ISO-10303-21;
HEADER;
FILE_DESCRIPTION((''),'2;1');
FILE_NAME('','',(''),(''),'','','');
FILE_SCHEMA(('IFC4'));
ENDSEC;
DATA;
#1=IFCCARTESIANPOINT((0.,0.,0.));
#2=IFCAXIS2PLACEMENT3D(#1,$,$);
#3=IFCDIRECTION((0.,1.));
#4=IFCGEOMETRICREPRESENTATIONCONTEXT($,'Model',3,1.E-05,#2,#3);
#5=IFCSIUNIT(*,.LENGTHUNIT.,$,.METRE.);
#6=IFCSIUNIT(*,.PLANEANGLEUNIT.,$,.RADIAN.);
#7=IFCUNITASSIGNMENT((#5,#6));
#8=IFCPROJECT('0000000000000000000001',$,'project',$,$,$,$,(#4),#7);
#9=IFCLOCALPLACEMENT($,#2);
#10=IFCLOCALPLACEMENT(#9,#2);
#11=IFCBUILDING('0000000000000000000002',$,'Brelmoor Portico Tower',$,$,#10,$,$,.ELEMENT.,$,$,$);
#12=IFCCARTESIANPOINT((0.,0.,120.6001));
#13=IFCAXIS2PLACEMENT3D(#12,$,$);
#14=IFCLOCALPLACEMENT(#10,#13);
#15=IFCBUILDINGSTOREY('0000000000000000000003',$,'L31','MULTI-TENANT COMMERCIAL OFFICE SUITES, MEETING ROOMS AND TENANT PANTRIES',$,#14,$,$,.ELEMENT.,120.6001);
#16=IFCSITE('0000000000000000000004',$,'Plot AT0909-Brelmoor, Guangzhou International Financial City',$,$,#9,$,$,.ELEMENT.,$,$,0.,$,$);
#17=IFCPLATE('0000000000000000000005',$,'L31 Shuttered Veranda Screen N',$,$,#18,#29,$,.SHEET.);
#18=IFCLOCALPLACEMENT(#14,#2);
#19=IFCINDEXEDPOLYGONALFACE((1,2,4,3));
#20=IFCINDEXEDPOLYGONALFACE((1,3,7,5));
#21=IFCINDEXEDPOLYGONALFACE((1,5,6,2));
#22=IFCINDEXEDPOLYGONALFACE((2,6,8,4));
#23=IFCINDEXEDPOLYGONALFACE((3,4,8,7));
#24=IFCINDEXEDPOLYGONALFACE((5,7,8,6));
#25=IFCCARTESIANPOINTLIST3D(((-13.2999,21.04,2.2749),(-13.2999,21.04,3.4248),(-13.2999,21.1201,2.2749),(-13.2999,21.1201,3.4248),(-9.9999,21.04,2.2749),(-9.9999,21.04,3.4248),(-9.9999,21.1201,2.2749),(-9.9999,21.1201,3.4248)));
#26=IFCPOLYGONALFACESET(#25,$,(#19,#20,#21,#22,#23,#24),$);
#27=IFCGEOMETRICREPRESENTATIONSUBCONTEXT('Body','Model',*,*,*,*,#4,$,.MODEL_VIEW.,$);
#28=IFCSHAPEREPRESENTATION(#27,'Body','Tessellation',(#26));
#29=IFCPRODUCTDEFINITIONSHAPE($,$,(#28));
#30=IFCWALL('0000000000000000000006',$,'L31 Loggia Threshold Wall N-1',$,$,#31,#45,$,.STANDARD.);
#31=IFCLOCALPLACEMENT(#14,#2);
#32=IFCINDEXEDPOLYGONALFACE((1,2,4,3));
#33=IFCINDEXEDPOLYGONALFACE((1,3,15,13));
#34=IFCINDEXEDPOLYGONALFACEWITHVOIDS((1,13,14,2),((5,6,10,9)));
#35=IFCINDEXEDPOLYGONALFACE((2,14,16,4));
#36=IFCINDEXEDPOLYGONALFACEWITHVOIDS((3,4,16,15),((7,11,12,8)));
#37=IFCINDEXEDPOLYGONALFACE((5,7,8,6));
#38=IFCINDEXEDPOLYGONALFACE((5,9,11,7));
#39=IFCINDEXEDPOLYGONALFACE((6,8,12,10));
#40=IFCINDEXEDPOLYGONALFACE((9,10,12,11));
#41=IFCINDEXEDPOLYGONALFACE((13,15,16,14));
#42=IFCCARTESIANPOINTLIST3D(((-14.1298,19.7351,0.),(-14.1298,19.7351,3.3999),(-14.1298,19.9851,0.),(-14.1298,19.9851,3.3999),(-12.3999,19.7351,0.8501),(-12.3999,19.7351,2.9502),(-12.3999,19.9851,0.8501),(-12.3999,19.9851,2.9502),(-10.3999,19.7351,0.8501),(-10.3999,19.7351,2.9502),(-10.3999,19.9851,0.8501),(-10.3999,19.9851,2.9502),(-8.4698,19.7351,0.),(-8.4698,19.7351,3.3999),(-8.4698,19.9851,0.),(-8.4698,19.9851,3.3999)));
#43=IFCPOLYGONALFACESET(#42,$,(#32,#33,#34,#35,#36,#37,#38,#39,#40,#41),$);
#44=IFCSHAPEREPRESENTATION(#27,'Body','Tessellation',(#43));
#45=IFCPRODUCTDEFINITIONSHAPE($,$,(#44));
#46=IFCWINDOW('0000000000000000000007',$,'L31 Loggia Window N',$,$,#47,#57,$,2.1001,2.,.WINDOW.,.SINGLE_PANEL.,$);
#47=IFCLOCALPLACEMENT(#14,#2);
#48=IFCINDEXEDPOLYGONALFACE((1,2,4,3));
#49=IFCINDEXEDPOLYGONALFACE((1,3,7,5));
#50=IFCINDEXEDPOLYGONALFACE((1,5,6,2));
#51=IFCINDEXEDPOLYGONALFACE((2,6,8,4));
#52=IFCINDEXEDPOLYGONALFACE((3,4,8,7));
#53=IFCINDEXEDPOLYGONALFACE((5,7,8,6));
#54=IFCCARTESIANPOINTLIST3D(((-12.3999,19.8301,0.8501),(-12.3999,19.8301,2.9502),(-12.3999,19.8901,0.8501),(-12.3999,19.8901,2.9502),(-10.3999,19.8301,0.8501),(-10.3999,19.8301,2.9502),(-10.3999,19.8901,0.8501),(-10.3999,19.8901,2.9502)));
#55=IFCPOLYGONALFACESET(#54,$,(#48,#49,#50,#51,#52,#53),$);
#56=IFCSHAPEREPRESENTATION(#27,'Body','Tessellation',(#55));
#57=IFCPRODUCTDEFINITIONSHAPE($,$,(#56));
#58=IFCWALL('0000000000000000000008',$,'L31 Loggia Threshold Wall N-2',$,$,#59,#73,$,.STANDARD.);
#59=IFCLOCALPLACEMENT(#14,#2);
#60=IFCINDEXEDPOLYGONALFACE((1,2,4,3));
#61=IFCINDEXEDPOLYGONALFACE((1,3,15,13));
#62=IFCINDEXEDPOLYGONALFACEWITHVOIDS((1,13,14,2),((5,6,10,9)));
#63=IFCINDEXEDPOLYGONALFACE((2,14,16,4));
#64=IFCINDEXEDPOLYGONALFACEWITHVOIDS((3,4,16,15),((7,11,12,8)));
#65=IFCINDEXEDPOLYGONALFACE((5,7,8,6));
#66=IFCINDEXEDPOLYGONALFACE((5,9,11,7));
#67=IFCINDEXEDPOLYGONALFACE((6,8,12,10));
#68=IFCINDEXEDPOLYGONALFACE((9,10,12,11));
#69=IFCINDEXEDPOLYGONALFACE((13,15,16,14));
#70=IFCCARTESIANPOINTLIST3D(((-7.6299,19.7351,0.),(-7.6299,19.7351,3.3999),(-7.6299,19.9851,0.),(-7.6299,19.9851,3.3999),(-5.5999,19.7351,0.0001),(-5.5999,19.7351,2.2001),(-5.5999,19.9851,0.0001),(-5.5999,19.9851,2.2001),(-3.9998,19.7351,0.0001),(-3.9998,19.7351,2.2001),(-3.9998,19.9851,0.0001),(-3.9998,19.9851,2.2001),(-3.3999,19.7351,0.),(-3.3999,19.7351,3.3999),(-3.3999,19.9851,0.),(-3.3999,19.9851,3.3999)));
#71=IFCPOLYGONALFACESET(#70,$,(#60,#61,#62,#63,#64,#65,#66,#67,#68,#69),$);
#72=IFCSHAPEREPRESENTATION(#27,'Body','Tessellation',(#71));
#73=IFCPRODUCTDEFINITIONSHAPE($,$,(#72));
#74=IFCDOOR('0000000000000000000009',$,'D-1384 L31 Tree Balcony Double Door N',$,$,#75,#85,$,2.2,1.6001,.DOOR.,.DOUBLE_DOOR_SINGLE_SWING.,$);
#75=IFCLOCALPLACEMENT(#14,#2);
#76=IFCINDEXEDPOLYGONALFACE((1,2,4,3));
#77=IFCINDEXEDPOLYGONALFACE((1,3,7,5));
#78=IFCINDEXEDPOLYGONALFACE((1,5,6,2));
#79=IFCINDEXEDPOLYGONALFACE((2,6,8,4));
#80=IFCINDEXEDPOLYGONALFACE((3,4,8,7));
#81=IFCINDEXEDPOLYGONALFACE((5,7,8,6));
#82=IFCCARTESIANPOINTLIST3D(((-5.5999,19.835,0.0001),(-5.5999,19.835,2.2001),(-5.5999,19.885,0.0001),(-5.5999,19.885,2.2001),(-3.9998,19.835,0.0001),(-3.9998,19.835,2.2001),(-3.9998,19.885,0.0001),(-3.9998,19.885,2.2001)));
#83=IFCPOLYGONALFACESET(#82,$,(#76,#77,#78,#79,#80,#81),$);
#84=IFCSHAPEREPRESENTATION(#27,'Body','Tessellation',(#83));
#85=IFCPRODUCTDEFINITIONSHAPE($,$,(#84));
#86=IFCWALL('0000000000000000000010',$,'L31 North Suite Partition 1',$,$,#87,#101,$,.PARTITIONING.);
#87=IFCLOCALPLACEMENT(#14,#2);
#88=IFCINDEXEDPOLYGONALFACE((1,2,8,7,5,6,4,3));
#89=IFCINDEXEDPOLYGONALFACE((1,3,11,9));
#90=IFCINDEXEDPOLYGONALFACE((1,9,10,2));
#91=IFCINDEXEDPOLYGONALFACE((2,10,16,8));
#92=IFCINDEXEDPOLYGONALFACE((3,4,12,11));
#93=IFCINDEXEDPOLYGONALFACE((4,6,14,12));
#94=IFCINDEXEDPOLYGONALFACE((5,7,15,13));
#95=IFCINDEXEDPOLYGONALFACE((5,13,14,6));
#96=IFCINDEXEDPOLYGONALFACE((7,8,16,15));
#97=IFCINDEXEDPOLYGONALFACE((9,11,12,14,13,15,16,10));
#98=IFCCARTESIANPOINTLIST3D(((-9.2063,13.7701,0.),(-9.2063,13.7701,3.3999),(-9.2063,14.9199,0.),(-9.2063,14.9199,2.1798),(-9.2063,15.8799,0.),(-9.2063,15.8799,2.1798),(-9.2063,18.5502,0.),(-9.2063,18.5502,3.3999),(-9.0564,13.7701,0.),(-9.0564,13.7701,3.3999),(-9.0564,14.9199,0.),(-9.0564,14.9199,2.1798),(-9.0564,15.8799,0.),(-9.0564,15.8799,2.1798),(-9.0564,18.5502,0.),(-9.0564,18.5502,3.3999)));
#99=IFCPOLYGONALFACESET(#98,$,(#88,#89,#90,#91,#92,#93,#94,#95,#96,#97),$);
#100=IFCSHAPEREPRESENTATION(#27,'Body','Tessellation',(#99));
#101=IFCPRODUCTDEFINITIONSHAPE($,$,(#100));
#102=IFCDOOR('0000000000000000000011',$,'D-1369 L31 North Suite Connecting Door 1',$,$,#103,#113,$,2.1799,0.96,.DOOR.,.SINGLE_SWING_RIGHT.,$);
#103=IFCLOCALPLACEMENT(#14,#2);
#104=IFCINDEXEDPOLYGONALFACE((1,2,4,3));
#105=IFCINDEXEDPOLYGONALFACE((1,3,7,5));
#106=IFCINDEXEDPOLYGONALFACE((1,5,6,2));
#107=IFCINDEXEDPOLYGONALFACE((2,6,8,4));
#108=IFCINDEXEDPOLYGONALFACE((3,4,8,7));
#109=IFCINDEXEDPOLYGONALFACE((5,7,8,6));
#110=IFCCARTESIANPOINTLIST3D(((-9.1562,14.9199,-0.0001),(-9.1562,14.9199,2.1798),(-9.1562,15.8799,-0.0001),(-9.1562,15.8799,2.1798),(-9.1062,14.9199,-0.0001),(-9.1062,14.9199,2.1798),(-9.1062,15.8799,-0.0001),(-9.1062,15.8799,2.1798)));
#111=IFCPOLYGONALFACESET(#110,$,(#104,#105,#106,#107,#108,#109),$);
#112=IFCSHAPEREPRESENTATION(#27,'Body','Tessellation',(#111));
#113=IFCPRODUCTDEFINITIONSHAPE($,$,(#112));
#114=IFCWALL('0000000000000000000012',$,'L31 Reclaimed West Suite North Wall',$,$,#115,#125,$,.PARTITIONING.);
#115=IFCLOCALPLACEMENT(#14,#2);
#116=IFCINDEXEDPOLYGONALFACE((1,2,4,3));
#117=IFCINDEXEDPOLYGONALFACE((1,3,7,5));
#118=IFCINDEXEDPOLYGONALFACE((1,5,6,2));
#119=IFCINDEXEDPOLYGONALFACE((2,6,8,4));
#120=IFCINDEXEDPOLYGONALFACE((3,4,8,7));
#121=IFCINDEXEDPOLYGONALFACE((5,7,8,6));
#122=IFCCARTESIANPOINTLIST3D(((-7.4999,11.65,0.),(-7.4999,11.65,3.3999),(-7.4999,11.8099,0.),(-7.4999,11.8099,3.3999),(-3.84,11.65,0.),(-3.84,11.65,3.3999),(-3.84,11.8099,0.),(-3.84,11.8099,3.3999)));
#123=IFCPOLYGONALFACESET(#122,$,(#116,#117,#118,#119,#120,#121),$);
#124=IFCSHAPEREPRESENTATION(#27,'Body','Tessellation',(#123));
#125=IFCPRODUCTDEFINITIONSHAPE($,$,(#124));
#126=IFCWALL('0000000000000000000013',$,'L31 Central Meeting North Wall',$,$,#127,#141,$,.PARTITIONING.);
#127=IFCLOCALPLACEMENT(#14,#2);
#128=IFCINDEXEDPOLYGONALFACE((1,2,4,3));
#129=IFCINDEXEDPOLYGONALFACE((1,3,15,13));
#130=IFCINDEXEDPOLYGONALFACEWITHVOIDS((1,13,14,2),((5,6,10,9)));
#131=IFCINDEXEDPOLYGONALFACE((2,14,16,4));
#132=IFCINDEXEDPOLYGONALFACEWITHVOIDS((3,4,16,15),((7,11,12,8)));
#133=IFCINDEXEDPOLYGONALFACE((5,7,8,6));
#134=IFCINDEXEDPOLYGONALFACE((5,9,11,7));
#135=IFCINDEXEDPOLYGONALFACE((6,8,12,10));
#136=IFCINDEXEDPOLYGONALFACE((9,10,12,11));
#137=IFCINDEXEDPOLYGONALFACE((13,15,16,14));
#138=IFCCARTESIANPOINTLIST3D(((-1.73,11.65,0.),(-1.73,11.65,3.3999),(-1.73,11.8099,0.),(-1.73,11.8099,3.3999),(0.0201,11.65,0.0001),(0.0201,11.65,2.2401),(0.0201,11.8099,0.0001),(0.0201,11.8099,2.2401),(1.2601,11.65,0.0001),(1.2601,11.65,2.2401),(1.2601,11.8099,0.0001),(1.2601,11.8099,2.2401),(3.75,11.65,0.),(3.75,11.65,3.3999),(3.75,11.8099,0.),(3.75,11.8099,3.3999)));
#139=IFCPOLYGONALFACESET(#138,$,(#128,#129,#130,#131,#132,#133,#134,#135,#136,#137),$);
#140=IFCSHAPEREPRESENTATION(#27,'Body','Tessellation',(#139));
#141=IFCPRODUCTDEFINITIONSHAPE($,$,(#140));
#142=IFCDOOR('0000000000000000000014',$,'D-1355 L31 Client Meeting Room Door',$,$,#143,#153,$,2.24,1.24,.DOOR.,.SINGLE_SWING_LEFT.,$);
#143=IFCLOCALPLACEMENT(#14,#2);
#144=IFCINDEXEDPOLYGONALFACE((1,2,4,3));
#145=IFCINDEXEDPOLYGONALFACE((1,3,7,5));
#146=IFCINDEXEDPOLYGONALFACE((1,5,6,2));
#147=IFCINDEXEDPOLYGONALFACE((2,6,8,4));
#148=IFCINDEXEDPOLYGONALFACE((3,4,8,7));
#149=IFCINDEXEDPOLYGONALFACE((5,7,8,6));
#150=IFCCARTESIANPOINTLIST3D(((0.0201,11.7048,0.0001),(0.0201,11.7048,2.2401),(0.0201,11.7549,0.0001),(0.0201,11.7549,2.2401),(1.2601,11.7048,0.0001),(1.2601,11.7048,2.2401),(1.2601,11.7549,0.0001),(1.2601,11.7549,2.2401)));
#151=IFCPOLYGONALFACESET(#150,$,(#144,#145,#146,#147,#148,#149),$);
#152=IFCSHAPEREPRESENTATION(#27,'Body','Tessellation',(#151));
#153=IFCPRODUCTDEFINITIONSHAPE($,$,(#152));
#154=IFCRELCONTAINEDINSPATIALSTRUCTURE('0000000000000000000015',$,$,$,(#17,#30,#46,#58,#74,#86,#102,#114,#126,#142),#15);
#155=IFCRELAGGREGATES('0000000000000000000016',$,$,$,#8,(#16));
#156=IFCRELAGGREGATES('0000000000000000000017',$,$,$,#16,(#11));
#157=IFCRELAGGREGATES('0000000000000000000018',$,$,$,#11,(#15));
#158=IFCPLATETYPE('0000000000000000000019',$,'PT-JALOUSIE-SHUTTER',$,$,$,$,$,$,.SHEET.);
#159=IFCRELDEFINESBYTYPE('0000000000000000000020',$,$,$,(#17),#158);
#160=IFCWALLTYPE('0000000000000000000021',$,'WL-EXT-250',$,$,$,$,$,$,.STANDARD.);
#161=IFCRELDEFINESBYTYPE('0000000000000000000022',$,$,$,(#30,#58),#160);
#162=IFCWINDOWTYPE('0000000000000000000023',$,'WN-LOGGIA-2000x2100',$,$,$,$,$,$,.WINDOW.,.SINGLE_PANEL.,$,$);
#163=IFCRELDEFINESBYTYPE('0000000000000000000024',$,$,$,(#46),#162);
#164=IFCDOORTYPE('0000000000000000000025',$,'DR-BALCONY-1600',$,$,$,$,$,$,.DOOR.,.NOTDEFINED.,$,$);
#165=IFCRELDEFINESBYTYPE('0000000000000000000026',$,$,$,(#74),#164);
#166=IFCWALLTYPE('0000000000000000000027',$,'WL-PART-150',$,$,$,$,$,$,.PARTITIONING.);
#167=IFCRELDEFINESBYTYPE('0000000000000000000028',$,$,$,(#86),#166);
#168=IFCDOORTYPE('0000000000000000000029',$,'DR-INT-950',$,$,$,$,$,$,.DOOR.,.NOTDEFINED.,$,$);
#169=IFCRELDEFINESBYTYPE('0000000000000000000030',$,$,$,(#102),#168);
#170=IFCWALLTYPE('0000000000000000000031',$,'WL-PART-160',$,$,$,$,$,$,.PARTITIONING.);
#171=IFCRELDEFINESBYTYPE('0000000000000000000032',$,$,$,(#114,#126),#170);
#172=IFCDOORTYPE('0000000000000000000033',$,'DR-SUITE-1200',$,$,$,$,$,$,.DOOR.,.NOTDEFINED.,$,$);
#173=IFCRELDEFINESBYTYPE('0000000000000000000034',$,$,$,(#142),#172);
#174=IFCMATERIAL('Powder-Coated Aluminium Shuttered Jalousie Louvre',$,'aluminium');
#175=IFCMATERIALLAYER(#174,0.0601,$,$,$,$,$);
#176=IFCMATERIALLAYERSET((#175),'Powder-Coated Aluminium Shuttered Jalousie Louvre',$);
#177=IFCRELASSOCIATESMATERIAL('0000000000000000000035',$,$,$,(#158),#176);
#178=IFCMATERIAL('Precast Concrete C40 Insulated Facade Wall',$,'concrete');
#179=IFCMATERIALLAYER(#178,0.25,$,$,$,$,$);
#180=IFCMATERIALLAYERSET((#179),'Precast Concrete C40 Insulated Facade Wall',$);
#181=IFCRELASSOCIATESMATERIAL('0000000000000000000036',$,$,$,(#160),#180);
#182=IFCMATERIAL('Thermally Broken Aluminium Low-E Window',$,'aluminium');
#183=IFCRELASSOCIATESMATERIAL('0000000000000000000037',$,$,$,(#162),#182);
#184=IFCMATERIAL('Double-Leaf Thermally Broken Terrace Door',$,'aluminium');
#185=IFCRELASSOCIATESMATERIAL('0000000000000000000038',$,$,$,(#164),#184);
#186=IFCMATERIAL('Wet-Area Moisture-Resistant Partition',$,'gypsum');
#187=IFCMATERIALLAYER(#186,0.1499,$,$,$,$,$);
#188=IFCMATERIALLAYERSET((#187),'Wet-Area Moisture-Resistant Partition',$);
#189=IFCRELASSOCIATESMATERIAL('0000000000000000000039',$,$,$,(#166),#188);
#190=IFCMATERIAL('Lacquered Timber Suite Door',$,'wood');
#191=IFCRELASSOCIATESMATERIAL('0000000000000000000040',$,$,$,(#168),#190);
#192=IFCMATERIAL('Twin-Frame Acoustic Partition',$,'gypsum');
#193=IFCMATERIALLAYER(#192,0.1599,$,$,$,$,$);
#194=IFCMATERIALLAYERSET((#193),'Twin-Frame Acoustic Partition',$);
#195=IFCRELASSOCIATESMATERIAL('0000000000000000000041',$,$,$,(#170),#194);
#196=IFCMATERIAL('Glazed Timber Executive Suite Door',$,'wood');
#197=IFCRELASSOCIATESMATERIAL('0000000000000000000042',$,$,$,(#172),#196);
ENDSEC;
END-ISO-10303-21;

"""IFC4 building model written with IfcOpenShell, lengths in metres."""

from ifc_helpers import new_model, si_unit, direction, frame, frame_2d, origin, origin_2d, place, context, subcontext, project, spatial, rectangle, extrude, material, layer, layer_set, type_object, element, fill, save


model = new_model("IFC4")

# Units and contexts
model_context = context("Model", 3, precision=1e-05, world=origin(), true_north=direction((0.0, 1.0)))
body_context = subcontext(model_context, "Body", "Model", "MODEL_VIEW")
ifc_project = project(units=[si_unit("LENGTHUNIT", "METRE"), si_unit("PLANEANGLEUNIT", "RADIAN")], contexts=[model_context])

# Site, building, storey
site_placement = place(None, origin())
site = spatial("IfcSite", under=ifc_project, at=site_placement, Name="Plot AT0909-Brelmoor, Guangzhou International Financial City", CompositionType="ELEMENT", RefElevation=0.0)
building_placement = place(site_placement, origin())
building = spatial("IfcBuilding", under=site, at=building_placement, Name="Brelmoor Portico Tower", CompositionType="ELEMENT")
storey_placement = place(building_placement, frame((0.0, 0.0, 120.6001)))
storey = spatial("IfcBuildingStorey", under=building, at=storey_placement, Name="L31", Description="MULTI-TENANT COMMERCIAL OFFICE SUITES, MEETING ROOMS AND TENANT PANTRIES", CompositionType="ELEMENT", Elevation=120.6001)

# Plate
ifc_material_1 = material(Name="Powder-Coated Aluminium Shuttered Jalousie Louvre", Category="aluminium")
ifc_layer_1 = layer(ifc_material_1, 0.0601)
ifc_layer_set_1 = layer_set([ifc_layer_1], Name="Powder-Coated Aluminium Shuttered Jalousie Louvre")
plate_type_1 = type_object("IfcPlateType", Name="PT-JALOUSIE-SHUTTER", PredefinedType="SHEET", material=ifc_layer_set_1)
plate_placement = place(storey_placement, frame((-11.6499, 21.0801, 2.2749), z_axis=(0.0, 0.0, 1.0), x_axis=(1.0, 0.0, 0.0)))
element("IfcPlate", 1, at=plate_placement, inside=storey, type_object=plate_type_1, Name="L31 Shuttered Veranda Screen N", PredefinedType="SHEET", context=body_context, shape_type="SweptSolid", body=[
    extrude(rectangle(XDim=3.3, YDim=0.0801, at=origin_2d()), origin(), (0.0, 0.0, 1.0), 1.1499),
])

# Wall, opening, window
ifc_material_2 = material(Name="Precast Concrete C40 Insulated Facade Wall", Category="concrete")
ifc_layer_2 = layer(ifc_material_2, 0.25)
ifc_layer_set_2 = layer_set([ifc_layer_2], Name="Precast Concrete C40 Insulated Facade Wall")
wall_type_1 = type_object("IfcWallType", Name="WL-EXT-250", PredefinedType="STANDARD", material=ifc_layer_set_2)
wall_1_placement = place(storey_placement, frame((-14.1299, 19.8601, 0.0), z_axis=(0.0, 0.0, 1.0), x_axis=(1.0, 0.0, 0.0)))
wall_1 = element("IfcWall", 2, at=wall_1_placement, inside=storey, type_object=wall_type_1, Name="L31 Loggia Threshold Wall N-1", PredefinedType="STANDARD", context=body_context, shape_type="SweptSolid", body=[
    extrude(rectangle(XDim=5.6599, YDim=0.25, at=frame_2d((2.8301, 0.0))), origin(), (0.0, 0.0, 1.0), 3.3999),
])
opening_1_placement = place(wall_1_placement, frame((1.73, 0.0, 0.8501)))
opening_1 = element("IfcOpeningElement", 3, at=opening_1_placement, cuts=wall_1, PredefinedType="OPENING", context=body_context, shape_type="SweptSolid", body=[
    extrude(rectangle(XDim=2.0, YDim=2.1001, at=frame_2d((1.0, 1.05))), frame((0.0, 0.135, 0.0), z_axis=(0.0, -1.0, 0.0), x_axis=(1.0, 0.0, 0.0)), (0.0, 0.0, 1.0), 0.27),
])
ifc_material_3 = material(Name="Thermally Broken Aluminium Low-E Window", Category="aluminium")
window_type = type_object("IfcWindowType", Name="WN-LOGGIA-2000x2100", PartitioningType="SINGLE_PANEL", PredefinedType="WINDOW", material=ifc_material_3)
window_placement = place(opening_1_placement, origin())
window = element("IfcWindow", 4, at=window_placement, inside=storey, type_object=window_type, Name="L31 Loggia Window N", OverallHeight=2.1001, OverallWidth=2.0, PartitioningType="SINGLE_PANEL", PredefinedType="WINDOW", context=body_context, shape_type="SweptSolid", body=[
    extrude(rectangle(XDim=2.0, YDim=2.1001, at=frame_2d((1.0, 1.05))), frame((0.0, 0.03, 0.0), z_axis=(0.0, -1.0, 0.0), x_axis=(1.0, 0.0, 0.0)), (0.0, 0.0, 1.0), 0.0601),
])
fill(opening_1, window)

# Walls, openings, doors
wall_2_placement = place(storey_placement, frame((-7.6299, 19.8601, 0.0), z_axis=(0.0, 0.0, 1.0), x_axis=(1.0, 0.0, 0.0)))
wall_2 = element("IfcWall", 5, at=wall_2_placement, inside=storey, type_object=wall_type_1, Name="L31 Loggia Threshold Wall N-2", PredefinedType="STANDARD", context=body_context, shape_type="SweptSolid", body=[
    extrude(rectangle(XDim=4.23, YDim=0.25, at=frame_2d((2.115, 0.0))), origin(), (0.0, 0.0, 1.0), 3.3999),
])
opening_2_placement = place(wall_2_placement, frame((2.03, 0.0, 0.0)))
opening_2 = element("IfcOpeningElement", 6, at=opening_2_placement, cuts=wall_2, PredefinedType="OPENING", context=body_context, shape_type="SweptSolid", body=[
    extrude(rectangle(XDim=1.6001, YDim=2.2, at=frame_2d((0.8, 1.1001))), frame((0.0, 0.135, 0.0), z_axis=(0.0, -1.0, 0.0), x_axis=(1.0, 0.0, 0.0)), (0.0, 0.0, 1.0), 0.27),
])
ifc_material_4 = material(Name="Double-Leaf Thermally Broken Terrace Door", Category="aluminium")
door_type_1 = type_object("IfcDoorType", Name="DR-BALCONY-1600", OperationType="NOTDEFINED", PredefinedType="DOOR", material=ifc_material_4)
door_1_placement = place(opening_2_placement, origin())
door_1 = element("IfcDoor", 7, at=door_1_placement, inside=storey, type_object=door_type_1, Name="D-1384 L31 Tree Balcony Double Door N", OperationType="DOUBLE_DOOR_SINGLE_SWING", OverallHeight=2.2, OverallWidth=1.6001, PredefinedType="DOOR", context=body_context, shape_type="SweptSolid", body=[
    extrude(rectangle(XDim=1.6001, YDim=2.2, at=frame_2d((0.8, 1.1001))), frame((0.0, 0.0249, 0.0), z_axis=(0.0, -1.0, 0.0), x_axis=(1.0, 0.0, 0.0)), (0.0, 0.0, 1.0), 0.05),
])
fill(opening_2, door_1)
ifc_material_5 = material(Name="Wet-Area Moisture-Resistant Partition", Category="gypsum")
ifc_layer_3 = layer(ifc_material_5, 0.1499)
ifc_layer_set_3 = layer_set([ifc_layer_3], Name="Wet-Area Moisture-Resistant Partition")
wall_type_2 = type_object("IfcWallType", Name="WL-PART-150", PredefinedType="PARTITIONING", material=ifc_layer_set_3)
wall_3_placement = place(storey_placement, frame((-9.1313, 13.77, 0.0), z_axis=(0.0, 0.0, 1.0), x_axis=(0.0, 1.0, 0.0)))
wall_3 = element("IfcWall", 8, at=wall_3_placement, inside=storey, type_object=wall_type_2, Name="L31 North Suite Partition 1", PredefinedType="PARTITIONING", context=body_context, shape_type="SweptSolid", body=[
    extrude(rectangle(XDim=4.78, YDim=0.1499, at=frame_2d((2.3901, 0.0))), origin(), (0.0, 0.0, 1.0), 3.3999),
])
opening_3_placement = place(wall_3_placement, frame((1.1499, 0.0, 0.0)))
opening_3 = element("IfcOpeningElement", 9, at=opening_3_placement, cuts=wall_3, PredefinedType="OPENING", context=body_context, shape_type="SweptSolid", body=[
    extrude(rectangle(XDim=0.96, YDim=2.1799, at=frame_2d((0.48, 1.0898))), frame((0.0, 0.085, 0.0), z_axis=(0.0, -1.0, 0.0), x_axis=(1.0, 0.0, 0.0)), (0.0, 0.0, 1.0), 0.1699),
])
ifc_material_6 = material(Name="Lacquered Timber Suite Door", Category="wood")
door_type_2 = type_object("IfcDoorType", Name="DR-INT-950", OperationType="NOTDEFINED", PredefinedType="DOOR", material=ifc_material_6)
door_2_placement = place(opening_3_placement, origin())
door_2 = element("IfcDoor", 10, at=door_2_placement, inside=storey, type_object=door_type_2, Name="D-1369 L31 North Suite Connecting Door 1", OperationType="SINGLE_SWING_RIGHT", OverallHeight=2.1799, OverallWidth=0.96, PredefinedType="DOOR", context=body_context, shape_type="SweptSolid", body=[
    extrude(rectangle(XDim=0.96, YDim=2.1799, at=frame_2d((0.48, 1.0898))), frame((0.0, 0.0249, 0.0), z_axis=(0.0, -1.0, 0.0), x_axis=(1.0, 0.0, 0.0)), (0.0, 0.0, 1.0), 0.05),
])
fill(opening_3, door_2)

# Wall
ifc_material_7 = material(Name="Twin-Frame Acoustic Partition", Category="gypsum")
ifc_layer_4 = layer(ifc_material_7, 0.1599)
ifc_layer_set_4 = layer_set([ifc_layer_4], Name="Twin-Frame Acoustic Partition")
wall_type_3 = type_object("IfcWallType", Name="WL-PART-160", PredefinedType="PARTITIONING", material=ifc_layer_set_4)
wall_4_placement = place(storey_placement, frame((-7.5, 11.73, 0.0), z_axis=(0.0, 0.0, 1.0), x_axis=(1.0, 0.0, 0.0)))
element("IfcWall", 11, at=wall_4_placement, inside=storey, type_object=wall_type_3, Name="L31 Reclaimed West Suite North Wall", PredefinedType="PARTITIONING", context=body_context, shape_type="SweptSolid", body=[
    extrude(rectangle(XDim=3.6599, YDim=0.1599, at=frame_2d((1.8301, 0.0))), origin(), (0.0, 0.0, 1.0), 3.3999),
])

# Wall, opening, door
wall_5_placement = place(storey_placement, frame((-1.73, 11.73, 0.0), z_axis=(0.0, 0.0, 1.0), x_axis=(1.0, 0.0, 0.0)))
wall_5 = element("IfcWall", 12, at=wall_5_placement, inside=storey, type_object=wall_type_3, Name="L31 Central Meeting North Wall", PredefinedType="PARTITIONING", context=body_context, shape_type="SweptSolid", body=[
    extrude(rectangle(XDim=5.48, YDim=0.1599, at=frame_2d((2.74, 0.0))), origin(), (0.0, 0.0, 1.0), 3.3999),
])
opening_4_placement = place(wall_5_placement, frame((1.75, 0.0, 0.0)))
opening_4 = element("IfcOpeningElement", 13, at=opening_4_placement, cuts=wall_5, PredefinedType="OPENING", context=body_context, shape_type="SweptSolid", body=[
    extrude(rectangle(XDim=1.24, YDim=2.24, at=frame_2d((0.6201, 1.1201))), frame((0.0, 0.0898, 0.0), z_axis=(0.0, -1.0, 0.0), x_axis=(1.0, 0.0, 0.0)), (0.0, 0.0, 1.0), 0.1799),
])
ifc_material_8 = material(Name="Glazed Timber Executive Suite Door", Category="wood")
door_type_3 = type_object("IfcDoorType", Name="DR-SUITE-1200", OperationType="NOTDEFINED", PredefinedType="DOOR", material=ifc_material_8)
door_3_placement = place(opening_4_placement, origin())
door_3 = element("IfcDoor", 14, at=door_3_placement, inside=storey, type_object=door_type_3, Name="D-1355 L31 Client Meeting Room Door", OperationType="SINGLE_SWING_LEFT", OverallHeight=2.24, OverallWidth=1.24, PredefinedType="DOOR", context=body_context, shape_type="SweptSolid", body=[
    extrude(rectangle(XDim=1.24, YDim=2.24, at=frame_2d((0.6201, 1.1201))), frame((0.0, 0.0249, 0.0), z_axis=(0.0, -1.0, 0.0), x_axis=(1.0, 0.0, 0.0)), (0.0, 0.0, 1.0), 0.05),
])
fill(opening_4, door_3)

save(model, "model.ifc")
